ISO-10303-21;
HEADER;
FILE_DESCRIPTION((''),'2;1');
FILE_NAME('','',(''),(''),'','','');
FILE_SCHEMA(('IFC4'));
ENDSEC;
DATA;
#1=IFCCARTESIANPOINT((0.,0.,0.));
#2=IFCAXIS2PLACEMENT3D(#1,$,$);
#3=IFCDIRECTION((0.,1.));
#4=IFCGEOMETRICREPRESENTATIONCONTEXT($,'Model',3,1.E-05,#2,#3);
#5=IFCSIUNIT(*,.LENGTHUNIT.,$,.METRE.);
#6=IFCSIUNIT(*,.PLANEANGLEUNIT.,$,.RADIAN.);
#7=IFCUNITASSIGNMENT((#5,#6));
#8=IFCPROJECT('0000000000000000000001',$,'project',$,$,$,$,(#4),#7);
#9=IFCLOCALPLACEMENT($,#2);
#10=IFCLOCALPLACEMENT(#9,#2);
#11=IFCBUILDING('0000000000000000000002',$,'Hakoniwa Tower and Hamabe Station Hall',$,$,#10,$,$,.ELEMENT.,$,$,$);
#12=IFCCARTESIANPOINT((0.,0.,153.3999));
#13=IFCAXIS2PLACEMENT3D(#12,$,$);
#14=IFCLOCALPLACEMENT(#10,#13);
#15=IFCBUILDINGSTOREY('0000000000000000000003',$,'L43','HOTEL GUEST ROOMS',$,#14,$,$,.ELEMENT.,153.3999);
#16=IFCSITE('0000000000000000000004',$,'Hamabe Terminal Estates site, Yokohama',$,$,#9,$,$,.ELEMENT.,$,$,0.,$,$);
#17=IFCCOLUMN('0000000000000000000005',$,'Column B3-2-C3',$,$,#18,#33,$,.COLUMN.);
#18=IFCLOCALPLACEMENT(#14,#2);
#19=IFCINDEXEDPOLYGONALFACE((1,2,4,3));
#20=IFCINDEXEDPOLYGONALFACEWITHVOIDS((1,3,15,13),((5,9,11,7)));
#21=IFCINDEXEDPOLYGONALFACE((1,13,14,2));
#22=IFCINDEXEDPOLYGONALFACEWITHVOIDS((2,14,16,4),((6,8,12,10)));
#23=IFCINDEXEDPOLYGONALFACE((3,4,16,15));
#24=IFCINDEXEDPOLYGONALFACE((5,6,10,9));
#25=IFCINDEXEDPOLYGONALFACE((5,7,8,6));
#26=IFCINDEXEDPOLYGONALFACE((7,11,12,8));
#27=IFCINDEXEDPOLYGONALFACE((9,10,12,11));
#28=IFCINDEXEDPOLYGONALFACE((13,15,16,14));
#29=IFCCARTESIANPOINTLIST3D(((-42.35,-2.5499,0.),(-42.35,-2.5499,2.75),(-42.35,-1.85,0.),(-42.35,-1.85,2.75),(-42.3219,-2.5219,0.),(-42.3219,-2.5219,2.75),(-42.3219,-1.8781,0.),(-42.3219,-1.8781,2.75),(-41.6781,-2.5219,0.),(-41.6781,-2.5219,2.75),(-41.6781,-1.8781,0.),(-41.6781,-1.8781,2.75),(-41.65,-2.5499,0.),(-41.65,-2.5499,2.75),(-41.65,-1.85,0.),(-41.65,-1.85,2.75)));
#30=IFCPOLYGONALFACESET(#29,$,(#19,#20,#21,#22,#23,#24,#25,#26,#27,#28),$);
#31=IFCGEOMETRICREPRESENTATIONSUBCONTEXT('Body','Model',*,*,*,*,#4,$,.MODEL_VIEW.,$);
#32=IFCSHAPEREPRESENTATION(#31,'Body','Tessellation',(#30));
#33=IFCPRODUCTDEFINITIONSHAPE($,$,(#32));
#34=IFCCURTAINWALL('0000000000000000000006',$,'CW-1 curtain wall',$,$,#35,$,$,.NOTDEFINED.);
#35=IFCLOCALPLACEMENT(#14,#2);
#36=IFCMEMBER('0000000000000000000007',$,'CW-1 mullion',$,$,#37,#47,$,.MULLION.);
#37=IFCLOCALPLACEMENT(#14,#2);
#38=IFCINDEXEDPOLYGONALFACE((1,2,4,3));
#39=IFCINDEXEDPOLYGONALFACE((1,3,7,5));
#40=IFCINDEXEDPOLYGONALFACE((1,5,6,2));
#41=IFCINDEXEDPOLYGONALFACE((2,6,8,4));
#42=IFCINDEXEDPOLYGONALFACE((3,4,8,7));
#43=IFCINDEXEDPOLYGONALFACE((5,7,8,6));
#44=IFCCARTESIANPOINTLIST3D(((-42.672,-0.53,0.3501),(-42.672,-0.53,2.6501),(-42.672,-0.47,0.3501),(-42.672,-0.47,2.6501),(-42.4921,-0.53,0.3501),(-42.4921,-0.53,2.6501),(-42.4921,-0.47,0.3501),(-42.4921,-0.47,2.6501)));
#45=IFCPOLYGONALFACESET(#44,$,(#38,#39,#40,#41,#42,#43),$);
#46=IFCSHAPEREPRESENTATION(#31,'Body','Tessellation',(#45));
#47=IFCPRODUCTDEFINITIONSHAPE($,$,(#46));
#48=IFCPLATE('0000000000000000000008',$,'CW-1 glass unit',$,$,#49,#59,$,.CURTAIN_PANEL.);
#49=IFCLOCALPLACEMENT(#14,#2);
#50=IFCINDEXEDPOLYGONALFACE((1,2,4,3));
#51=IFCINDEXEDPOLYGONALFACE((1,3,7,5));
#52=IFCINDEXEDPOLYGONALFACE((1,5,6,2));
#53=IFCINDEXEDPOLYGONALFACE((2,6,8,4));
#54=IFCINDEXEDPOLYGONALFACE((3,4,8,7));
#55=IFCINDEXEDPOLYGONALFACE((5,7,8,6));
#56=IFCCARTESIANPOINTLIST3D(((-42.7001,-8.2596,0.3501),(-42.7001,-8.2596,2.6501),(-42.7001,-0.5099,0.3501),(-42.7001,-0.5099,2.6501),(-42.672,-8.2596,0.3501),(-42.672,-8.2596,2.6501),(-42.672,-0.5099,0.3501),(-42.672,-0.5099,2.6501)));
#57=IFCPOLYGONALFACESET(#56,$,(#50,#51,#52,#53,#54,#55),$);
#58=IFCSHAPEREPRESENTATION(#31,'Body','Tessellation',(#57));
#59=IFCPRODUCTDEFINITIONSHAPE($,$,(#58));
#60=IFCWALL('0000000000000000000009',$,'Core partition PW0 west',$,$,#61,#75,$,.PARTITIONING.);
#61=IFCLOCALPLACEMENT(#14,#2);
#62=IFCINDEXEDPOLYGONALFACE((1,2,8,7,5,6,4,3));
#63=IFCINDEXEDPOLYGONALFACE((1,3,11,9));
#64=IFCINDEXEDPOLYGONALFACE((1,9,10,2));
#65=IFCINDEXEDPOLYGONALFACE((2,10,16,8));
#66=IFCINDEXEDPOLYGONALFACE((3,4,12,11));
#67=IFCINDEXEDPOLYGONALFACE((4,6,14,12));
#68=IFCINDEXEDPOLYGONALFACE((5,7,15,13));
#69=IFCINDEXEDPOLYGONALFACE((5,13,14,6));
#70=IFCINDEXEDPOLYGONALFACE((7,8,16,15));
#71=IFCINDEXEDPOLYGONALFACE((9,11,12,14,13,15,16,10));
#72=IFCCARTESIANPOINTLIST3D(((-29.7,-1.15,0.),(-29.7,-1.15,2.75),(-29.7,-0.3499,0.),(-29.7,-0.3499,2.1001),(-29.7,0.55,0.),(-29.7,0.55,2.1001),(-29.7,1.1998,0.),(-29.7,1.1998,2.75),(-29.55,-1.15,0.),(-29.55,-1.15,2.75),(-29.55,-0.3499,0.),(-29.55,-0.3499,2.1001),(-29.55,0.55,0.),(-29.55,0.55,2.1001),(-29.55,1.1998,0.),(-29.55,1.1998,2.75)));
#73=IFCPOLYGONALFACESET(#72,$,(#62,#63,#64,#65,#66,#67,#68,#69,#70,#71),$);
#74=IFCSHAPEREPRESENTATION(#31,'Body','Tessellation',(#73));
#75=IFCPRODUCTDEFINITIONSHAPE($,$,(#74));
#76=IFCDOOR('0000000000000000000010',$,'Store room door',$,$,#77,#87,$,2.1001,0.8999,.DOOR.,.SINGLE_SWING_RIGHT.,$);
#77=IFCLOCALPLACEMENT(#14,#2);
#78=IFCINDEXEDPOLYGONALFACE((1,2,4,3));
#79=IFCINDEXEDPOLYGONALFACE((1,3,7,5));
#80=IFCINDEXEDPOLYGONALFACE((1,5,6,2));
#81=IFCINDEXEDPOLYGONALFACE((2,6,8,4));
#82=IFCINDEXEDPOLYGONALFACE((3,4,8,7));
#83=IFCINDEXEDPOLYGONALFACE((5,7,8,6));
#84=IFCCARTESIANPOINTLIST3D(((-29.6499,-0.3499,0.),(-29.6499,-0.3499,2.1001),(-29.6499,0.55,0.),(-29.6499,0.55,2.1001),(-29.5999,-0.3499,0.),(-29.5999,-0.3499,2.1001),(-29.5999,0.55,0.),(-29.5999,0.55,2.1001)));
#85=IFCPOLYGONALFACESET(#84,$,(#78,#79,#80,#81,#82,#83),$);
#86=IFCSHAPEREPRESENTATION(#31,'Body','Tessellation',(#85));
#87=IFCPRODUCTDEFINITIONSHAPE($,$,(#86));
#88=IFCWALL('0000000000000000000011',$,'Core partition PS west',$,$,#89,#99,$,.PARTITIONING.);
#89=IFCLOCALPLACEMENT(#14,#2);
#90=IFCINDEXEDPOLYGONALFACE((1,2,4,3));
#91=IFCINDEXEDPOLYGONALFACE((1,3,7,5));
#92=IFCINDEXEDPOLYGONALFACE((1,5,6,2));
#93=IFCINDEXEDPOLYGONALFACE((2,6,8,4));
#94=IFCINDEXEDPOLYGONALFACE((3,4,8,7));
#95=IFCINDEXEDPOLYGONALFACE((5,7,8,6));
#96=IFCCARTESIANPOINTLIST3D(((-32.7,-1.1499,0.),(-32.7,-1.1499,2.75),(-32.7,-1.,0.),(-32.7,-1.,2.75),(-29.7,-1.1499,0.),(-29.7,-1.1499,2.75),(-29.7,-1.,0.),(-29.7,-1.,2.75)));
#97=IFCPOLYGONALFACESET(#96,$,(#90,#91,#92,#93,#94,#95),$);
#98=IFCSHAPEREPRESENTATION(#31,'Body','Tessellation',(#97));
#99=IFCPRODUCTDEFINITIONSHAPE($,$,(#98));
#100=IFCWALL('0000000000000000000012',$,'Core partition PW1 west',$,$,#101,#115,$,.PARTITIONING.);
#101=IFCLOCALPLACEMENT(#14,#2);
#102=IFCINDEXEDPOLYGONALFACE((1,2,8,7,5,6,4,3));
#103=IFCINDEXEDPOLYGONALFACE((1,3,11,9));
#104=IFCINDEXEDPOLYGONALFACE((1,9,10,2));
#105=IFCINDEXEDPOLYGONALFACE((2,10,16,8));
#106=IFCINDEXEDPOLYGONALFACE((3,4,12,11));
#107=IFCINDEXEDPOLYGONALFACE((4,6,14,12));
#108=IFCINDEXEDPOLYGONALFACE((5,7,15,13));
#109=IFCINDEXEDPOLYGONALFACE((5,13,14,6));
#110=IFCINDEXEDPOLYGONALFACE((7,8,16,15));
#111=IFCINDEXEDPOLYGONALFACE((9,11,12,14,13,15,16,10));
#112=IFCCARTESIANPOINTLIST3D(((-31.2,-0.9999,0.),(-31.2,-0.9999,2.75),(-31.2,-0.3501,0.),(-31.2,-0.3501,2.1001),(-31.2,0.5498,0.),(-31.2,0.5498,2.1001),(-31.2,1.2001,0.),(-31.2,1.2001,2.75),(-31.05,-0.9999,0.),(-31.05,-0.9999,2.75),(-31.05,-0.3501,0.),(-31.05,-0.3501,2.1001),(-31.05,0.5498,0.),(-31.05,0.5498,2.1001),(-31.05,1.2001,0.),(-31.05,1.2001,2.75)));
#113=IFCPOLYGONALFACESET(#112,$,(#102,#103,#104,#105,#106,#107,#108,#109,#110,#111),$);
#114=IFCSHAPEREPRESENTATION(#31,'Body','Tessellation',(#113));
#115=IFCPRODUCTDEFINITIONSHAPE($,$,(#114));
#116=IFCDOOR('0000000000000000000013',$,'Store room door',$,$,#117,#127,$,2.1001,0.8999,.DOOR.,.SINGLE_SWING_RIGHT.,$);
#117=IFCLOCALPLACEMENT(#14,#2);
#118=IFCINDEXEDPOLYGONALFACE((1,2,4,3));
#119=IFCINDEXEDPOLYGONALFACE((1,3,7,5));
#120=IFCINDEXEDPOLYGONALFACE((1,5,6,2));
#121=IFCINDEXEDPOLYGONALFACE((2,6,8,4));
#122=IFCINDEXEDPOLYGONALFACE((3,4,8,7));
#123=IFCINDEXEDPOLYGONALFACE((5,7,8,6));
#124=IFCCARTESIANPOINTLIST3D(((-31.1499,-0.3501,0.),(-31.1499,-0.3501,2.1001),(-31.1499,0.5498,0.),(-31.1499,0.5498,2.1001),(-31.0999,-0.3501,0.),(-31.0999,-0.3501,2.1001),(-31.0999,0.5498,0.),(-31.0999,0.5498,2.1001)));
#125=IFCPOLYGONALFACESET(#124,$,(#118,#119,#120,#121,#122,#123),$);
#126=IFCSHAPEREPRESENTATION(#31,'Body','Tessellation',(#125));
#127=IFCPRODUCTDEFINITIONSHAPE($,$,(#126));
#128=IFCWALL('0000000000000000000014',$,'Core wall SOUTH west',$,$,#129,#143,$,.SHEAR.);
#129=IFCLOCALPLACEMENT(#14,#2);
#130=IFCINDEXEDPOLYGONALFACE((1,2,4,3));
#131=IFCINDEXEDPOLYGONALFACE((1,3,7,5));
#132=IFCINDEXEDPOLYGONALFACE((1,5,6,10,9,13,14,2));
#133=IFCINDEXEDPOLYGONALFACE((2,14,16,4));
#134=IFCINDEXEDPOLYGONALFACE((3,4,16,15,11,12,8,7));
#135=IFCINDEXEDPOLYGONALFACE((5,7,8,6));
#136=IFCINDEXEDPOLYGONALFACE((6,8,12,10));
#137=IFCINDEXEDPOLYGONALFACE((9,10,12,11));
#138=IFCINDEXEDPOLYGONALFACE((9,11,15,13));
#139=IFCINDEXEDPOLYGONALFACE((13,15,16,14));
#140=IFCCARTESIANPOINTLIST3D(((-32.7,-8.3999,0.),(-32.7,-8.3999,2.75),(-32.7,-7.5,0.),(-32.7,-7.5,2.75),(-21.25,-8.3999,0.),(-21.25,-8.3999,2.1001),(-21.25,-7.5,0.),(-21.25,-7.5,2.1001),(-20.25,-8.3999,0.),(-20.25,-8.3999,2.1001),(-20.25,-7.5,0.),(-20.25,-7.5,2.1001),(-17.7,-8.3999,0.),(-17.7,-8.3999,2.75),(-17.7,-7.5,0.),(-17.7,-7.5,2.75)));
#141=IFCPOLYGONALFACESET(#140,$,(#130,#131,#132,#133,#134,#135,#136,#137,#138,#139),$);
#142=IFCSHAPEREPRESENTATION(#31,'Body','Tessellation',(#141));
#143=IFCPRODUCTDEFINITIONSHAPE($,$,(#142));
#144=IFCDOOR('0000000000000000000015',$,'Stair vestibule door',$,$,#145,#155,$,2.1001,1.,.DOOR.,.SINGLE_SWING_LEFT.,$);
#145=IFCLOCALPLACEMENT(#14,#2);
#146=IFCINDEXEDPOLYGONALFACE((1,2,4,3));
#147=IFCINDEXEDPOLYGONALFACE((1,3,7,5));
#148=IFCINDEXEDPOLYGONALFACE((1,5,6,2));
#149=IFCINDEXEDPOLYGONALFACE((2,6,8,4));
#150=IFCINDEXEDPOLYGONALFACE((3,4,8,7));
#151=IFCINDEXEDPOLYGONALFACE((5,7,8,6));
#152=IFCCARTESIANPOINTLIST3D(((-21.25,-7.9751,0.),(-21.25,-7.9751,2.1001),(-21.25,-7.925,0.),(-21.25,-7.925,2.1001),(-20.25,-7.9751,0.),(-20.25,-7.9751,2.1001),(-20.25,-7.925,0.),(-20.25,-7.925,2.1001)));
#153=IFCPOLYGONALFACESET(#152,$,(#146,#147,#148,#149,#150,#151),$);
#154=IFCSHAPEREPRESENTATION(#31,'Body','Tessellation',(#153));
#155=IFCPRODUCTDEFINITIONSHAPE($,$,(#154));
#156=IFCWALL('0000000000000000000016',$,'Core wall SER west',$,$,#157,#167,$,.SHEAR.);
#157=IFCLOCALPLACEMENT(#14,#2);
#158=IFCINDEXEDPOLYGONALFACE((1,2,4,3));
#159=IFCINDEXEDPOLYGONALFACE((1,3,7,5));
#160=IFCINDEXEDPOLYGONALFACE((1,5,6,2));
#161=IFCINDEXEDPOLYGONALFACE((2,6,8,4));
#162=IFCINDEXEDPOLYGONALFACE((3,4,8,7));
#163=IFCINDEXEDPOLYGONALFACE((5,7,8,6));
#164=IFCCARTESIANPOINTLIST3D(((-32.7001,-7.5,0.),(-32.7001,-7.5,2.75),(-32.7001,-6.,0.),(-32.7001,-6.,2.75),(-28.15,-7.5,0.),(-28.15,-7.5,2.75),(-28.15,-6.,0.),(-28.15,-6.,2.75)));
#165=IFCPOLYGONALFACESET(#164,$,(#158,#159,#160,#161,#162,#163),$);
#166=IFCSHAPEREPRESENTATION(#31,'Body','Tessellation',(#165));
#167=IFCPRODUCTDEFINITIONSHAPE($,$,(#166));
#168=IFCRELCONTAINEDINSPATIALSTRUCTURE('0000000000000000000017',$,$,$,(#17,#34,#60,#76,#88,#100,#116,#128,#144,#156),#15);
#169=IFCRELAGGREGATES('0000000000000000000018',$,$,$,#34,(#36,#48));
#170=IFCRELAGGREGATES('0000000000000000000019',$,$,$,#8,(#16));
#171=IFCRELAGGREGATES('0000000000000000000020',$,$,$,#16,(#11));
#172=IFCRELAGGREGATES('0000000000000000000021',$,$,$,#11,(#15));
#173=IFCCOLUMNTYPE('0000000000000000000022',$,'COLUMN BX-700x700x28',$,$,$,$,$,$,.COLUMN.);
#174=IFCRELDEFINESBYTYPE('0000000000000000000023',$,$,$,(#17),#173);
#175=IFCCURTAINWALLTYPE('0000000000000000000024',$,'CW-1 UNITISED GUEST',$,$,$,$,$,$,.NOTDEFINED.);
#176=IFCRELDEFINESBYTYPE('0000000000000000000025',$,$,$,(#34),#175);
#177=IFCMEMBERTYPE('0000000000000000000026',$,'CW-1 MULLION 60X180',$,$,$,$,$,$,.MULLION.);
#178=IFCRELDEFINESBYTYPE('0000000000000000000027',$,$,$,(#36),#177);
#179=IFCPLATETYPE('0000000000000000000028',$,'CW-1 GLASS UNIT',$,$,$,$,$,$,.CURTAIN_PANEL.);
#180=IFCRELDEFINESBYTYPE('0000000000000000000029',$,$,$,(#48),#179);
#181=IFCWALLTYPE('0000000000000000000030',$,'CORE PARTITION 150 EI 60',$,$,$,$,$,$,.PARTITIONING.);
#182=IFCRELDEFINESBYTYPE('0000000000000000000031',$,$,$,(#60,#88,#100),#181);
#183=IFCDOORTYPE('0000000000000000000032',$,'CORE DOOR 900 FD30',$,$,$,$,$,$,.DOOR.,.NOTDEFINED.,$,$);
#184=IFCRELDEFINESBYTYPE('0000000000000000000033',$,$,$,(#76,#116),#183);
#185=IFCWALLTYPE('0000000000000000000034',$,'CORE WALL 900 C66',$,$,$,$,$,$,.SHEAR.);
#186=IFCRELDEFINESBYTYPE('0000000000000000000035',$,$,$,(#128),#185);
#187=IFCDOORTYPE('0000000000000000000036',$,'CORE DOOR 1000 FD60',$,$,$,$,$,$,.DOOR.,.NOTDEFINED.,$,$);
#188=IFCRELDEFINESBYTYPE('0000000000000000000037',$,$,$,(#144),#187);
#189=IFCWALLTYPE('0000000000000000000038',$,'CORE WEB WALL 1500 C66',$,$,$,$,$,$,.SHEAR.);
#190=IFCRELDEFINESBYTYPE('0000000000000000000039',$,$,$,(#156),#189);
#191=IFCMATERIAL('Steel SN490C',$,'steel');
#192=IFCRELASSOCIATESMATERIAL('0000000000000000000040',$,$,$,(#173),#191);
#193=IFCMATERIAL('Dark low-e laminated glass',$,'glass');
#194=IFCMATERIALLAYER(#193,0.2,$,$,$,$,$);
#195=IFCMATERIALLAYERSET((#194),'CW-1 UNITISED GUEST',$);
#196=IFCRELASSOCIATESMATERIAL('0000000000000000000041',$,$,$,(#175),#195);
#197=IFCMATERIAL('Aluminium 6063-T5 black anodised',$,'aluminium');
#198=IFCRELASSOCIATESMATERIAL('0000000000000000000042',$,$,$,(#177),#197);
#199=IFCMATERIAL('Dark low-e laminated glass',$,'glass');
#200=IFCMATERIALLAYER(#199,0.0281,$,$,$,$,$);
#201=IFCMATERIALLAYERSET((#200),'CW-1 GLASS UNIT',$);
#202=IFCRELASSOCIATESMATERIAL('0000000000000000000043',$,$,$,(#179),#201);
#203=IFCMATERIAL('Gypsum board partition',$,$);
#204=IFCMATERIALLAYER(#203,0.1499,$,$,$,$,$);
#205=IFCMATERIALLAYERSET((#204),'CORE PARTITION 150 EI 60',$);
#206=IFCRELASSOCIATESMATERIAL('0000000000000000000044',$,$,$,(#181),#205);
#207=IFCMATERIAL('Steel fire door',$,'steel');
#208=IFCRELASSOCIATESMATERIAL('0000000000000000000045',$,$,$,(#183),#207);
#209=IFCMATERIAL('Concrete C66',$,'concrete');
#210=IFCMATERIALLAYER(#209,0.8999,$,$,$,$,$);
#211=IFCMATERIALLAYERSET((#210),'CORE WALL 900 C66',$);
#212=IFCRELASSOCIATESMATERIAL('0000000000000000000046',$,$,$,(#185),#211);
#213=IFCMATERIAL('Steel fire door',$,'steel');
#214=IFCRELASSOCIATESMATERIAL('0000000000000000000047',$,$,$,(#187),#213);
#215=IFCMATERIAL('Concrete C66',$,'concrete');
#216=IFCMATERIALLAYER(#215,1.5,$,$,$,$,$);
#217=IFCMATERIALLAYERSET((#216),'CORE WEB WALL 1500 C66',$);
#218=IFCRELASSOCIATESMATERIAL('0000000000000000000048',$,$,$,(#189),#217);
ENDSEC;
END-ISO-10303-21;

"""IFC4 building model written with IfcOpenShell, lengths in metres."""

from ifc_helpers import new_model, si_unit, direction, frame, frame_2d, origin, origin_2d, place, context, subcontext, project, spatial, rectangle, hollow_rectangle, extrude, material, layer, layer_set, material_profile, profile_set, type_object, element, fill, aggregate, save


model = new_model("IFC4")

# Units and contexts
model_context = context("Model", 3, precision=1e-05, world=origin(), true_north=direction((0.0, 1.0)))
body_context = subcontext(model_context, "Body", "Model", "MODEL_VIEW")
ifc_project = project(units=[si_unit("LENGTHUNIT", "METRE"), si_unit("PLANEANGLEUNIT", "RADIAN")], contexts=[model_context])

# Site, building, storey
site_placement = place(None, origin())
site = spatial("IfcSite", under=ifc_project, at=site_placement, Name="Hamabe Terminal Estates site, Yokohama", CompositionType="ELEMENT", RefElevation=0.0)
building_placement = place(site_placement, origin())
building = spatial("IfcBuilding", under=site, at=building_placement, Name="Hakoniwa Tower and Hamabe Station Hall", CompositionType="ELEMENT")
storey_placement = place(building_placement, frame((0.0, 0.0, 153.3999)))
storey = spatial("IfcBuildingStorey", under=building, at=storey_placement, Name="L43", Description="HOTEL GUEST ROOMS", CompositionType="ELEMENT", Elevation=153.3999)

# Column
ifc_material_1 = material(Name="Steel SN490C", Category="steel")
ifc_material_profile_1 = material_profile(ifc_material_1, hollow_rectangle(XDim=0.7, YDim=0.7, WallThickness=0.0281, at=origin_2d()), Name="BX-700x700x28")
ifc_profile_set_1 = profile_set([ifc_material_profile_1], Name="Steel SN490C")
column_type = type_object("IfcColumnType", Name="COLUMN BX-700x700x28", PredefinedType="COLUMN", material=ifc_profile_set_1)
column_placement = place(storey_placement, frame((-42.0, -2.2, 0.0), z_axis=(0.0, 0.0, 1.0), x_axis=(1.0, 0.0, 0.0)))
element("IfcColumn", 1, at=column_placement, inside=storey, type_object=column_type, Name="Column B3-2-C3", PredefinedType="COLUMN", context=body_context, shape_type="SweptSolid", body=[
    extrude(hollow_rectangle(XDim=0.7, YDim=0.7, WallThickness=0.0281, at=origin_2d()), origin(), (0.0, 0.0, 1.0), 2.75),
])

# Curtain wall, member, plate
ifc_material_2 = material(Name="Dark low-e laminated glass", Category="glass")
ifc_layer_1 = layer(ifc_material_2, 0.2)
ifc_layer_set_1 = layer_set([ifc_layer_1], Name="CW-1 UNITISED GUEST")
curtain_wall_type = type_object("IfcCurtainWallType", Name="CW-1 UNITISED GUEST", PredefinedType="NOTDEFINED", material=ifc_layer_set_1)
curtain_wall_placement = place(storey_placement, origin())
curtain_wall = element("IfcCurtainWall", 2, at=curtain_wall_placement, inside=storey, type_object=curtain_wall_type, Name="CW-1 curtain wall", PredefinedType="NOTDEFINED")
ifc_material_3 = material(Name="Aluminium 6063-T5 black anodised", Category="aluminium")
ifc_material_profile_2 = material_profile(ifc_material_3, rectangle(XDim=0.0601, YDim=0.1799, at=origin_2d()), Name="CW-1 MULLION 60X180")
ifc_profile_set_2 = profile_set([ifc_material_profile_2], Name="Aluminium 6063-T5 black anodised")
member_type = type_object("IfcMemberType", Name="CW-1 MULLION 60X180", PredefinedType="MULLION", material=ifc_profile_set_2)
member_placement = place(storey_placement, frame((-42.582, -0.5, 0.3501), z_axis=(0.0, 0.0, 1.0), x_axis=(0.0, -1.0, 0.0)))
member = element("IfcMember", 3, at=member_placement, type_object=member_type, Name="CW-1 mullion", PredefinedType="MULLION", context=body_context, shape_type="SweptSolid", body=[
    extrude(rectangle(XDim=0.0601, YDim=0.1799, at=origin_2d()), origin(), (0.0, 0.0, 1.0), 2.3),
])
ifc_material_4 = material(Name="Dark low-e laminated glass", Category="glass")
ifc_layer_2 = layer(ifc_material_4, 0.0281)
ifc_layer_set_2 = layer_set([ifc_layer_2], Name="CW-1 GLASS UNIT")
plate_type = type_object("IfcPlateType", Name="CW-1 GLASS UNIT", PredefinedType="CURTAIN_PANEL", material=ifc_layer_set_2)
plate_placement = place(storey_placement, frame((-42.686, -4.3848, 0.3501), z_axis=(0.0, 0.0, 1.0), x_axis=(0.0, -1.0, 0.0)))
plate = element("IfcPlate", 4, at=plate_placement, type_object=plate_type, Name="CW-1 glass unit", PredefinedType="CURTAIN_PANEL", context=body_context, shape_type="SweptSolid", body=[
    extrude(rectangle(XDim=7.7498, YDim=0.0281, at=origin_2d()), origin(), (0.0, 0.0, 1.0), 2.3),
])
aggregate(curtain_wall, [member, plate])

# Wall, opening, door
ifc_material_5 = material(Name="Gypsum board partition")
ifc_layer_3 = layer(ifc_material_5, 0.1499)
ifc_layer_set_3 = layer_set([ifc_layer_3], Name="CORE PARTITION 150 EI 60")
wall_type_1 = type_object("IfcWallType", Name="CORE PARTITION 150 EI 60", PredefinedType="PARTITIONING", material=ifc_layer_set_3)
wall_1_placement = place(storey_placement, frame((-29.625, -1.1499, 0.0), z_axis=(0.0, 0.0, 1.0), x_axis=(0.0, 1.0, 0.0)))
wall_1 = element("IfcWall", 5, at=wall_1_placement, inside=storey, type_object=wall_type_1, Name="Core partition PW0 west", PredefinedType="PARTITIONING", context=body_context, shape_type="SweptSolid", body=[
    extrude(rectangle(XDim=2.3499, YDim=0.1499, at=frame_2d((1.1748, 0.0))), origin(), (0.0, 0.0, 1.0), 2.75),
])
opening_1_placement = place(wall_1_placement, frame((0.8, 0.0, 0.0)))
opening_1 = element("IfcOpeningElement", 6, at=opening_1_placement, cuts=wall_1, PredefinedType="OPENING", context=body_context, shape_type="SweptSolid", body=[
    extrude(rectangle(XDim=0.8999, YDim=2.1001, at=frame_2d((0.45, 1.05))), frame((0.0, 0.085, 0.0), z_axis=(0.0, -1.0, 0.0), x_axis=(1.0, 0.0, 0.0)), (0.0, 0.0, 1.0), 0.1699),
])
ifc_material_6 = material(Name="Steel fire door", Category="steel")
door_type_1 = type_object("IfcDoorType", Name="CORE DOOR 900 FD30", OperationType="NOTDEFINED", PredefinedType="DOOR", material=ifc_material_6)
door_1_placement = place(opening_1_placement, origin())
door_1 = element("IfcDoor", 7, at=door_1_placement, inside=storey, type_object=door_type_1, Name="Store room door", OperationType="SINGLE_SWING_RIGHT", OverallHeight=2.1001, OverallWidth=0.8999, PredefinedType="DOOR", context=body_context, shape_type="SweptSolid", body=[
    extrude(rectangle(XDim=0.8999, YDim=2.1001, at=frame_2d((0.45, 1.05))), frame((0.0, 0.0249, 0.0), z_axis=(0.0, -1.0, 0.0), x_axis=(1.0, 0.0, 0.0)), (0.0, 0.0, 1.0), 0.05),
])
fill(opening_1, door_1)

# Wall
wall_2_placement = place(storey_placement, frame((-32.7, -1.075, 0.0), z_axis=(0.0, 0.0, 1.0), x_axis=(1.0, 0.0, 0.0)))
element("IfcWall", 8, at=wall_2_placement, inside=storey, type_object=wall_type_1, Name="Core partition PS west", PredefinedType="PARTITIONING", context=body_context, shape_type="SweptSolid", body=[
    extrude(rectangle(XDim=3.0, YDim=0.1499, at=frame_2d((1.5, 0.0))), origin(), (0.0, 0.0, 1.0), 2.75),
])

# Walls, openings, doors
wall_3_placement = place(storey_placement, frame((-31.125, -1.0, 0.0), z_axis=(0.0, 0.0, 1.0), x_axis=(0.0, 1.0, 0.0)))
wall_3 = element("IfcWall", 9, at=wall_3_placement, inside=storey, type_object=wall_type_1, Name="Core partition PW1 west", PredefinedType="PARTITIONING", context=body_context, shape_type="SweptSolid", body=[
    extrude(rectangle(XDim=2.2, YDim=0.1499, at=frame_2d((1.1001, 0.0))), origin(), (0.0, 0.0, 1.0), 2.75),
])
opening_2_placement = place(wall_3_placement, frame((0.6499, 0.0, 0.0)))
opening_2 = element("IfcOpeningElement", 10, at=opening_2_placement, cuts=wall_3, PredefinedType="OPENING", context=body_context, shape_type="SweptSolid", body=[
    extrude(rectangle(XDim=0.8999, YDim=2.1001, at=frame_2d((0.45, 1.05))), frame((0.0, 0.085, 0.0), z_axis=(0.0, -1.0, 0.0), x_axis=(1.0, 0.0, 0.0)), (0.0, 0.0, 1.0), 0.1699),
])
door_2_placement = place(opening_2_placement, origin())
door_2 = element("IfcDoor", 11, at=door_2_placement, inside=storey, type_object=door_type_1, Name="Store room door", OperationType="SINGLE_SWING_RIGHT", OverallHeight=2.1001, OverallWidth=0.8999, PredefinedType="DOOR", context=body_context, shape_type="SweptSolid", body=[
    extrude(rectangle(XDim=0.8999, YDim=2.1001, at=frame_2d((0.45, 1.05))), frame((0.0, 0.0249, 0.0), z_axis=(0.0, -1.0, 0.0), x_axis=(1.0, 0.0, 0.0)), (0.0, 0.0, 1.0), 0.05),
])
fill(opening_2, door_2)
ifc_material_7 = material(Name="Concrete C66", Category="concrete")
ifc_layer_4 = layer(ifc_material_7, 0.8999)
ifc_layer_set_4 = layer_set([ifc_layer_4], Name="CORE WALL 900 C66")
wall_type_2 = type_object("IfcWallType", Name="CORE WALL 900 C66", PredefinedType="SHEAR", material=ifc_layer_set_4)
wall_4_placement = place(storey_placement, frame((-32.7, -7.95, 0.0), z_axis=(0.0, 0.0, 1.0), x_axis=(1.0, 0.0, 0.0)))
wall_4 = element("IfcWall", 12, at=wall_4_placement, inside=storey, type_object=wall_type_2, Name="Core wall SOUTH west", PredefinedType="SHEAR", context=body_context, shape_type="SweptSolid", body=[
    extrude(rectangle(XDim=15.0, YDim=0.8999, at=frame_2d((7.5, 0.0))), origin(), (0.0, 0.0, 1.0), 2.75),
])
opening_3_placement = place(wall_4_placement, frame((11.45, 0.0, 0.0)))
opening_3 = element("IfcOpeningElement", 13, at=opening_3_placement, cuts=wall_4, PredefinedType="OPENING", context=body_context, shape_type="SweptSolid", body=[
    extrude(rectangle(XDim=1.0, YDim=2.1001, at=frame_2d((0.5, 1.05))), frame((0.0, 0.46, 0.0), z_axis=(0.0, -1.0, 0.0), x_axis=(1.0, 0.0, 0.0)), (0.0, 0.0, 1.0), 0.9199),
])
ifc_material_8 = material(Name="Steel fire door", Category="steel")
door_type_2 = type_object("IfcDoorType", Name="CORE DOOR 1000 FD60", OperationType="NOTDEFINED", PredefinedType="DOOR", material=ifc_material_8)
door_3_placement = place(opening_3_placement, origin())
door_3 = element("IfcDoor", 14, at=door_3_placement, inside=storey, type_object=door_type_2, Name="Stair vestibule door", OperationType="SINGLE_SWING_LEFT", OverallHeight=2.1001, OverallWidth=1.0, PredefinedType="DOOR", context=body_context, shape_type="SweptSolid", body=[
    extrude(rectangle(XDim=1.0, YDim=2.1001, at=frame_2d((0.5, 1.05))), frame((0.0, 0.0249, 0.0), z_axis=(0.0, -1.0, 0.0), x_axis=(1.0, 0.0, 0.0)), (0.0, 0.0, 1.0), 0.05),
])
fill(opening_3, door_3)

# Wall
ifc_material_9 = material(Name="Concrete C66", Category="concrete")
ifc_layer_5 = layer(ifc_material_9, 1.5)
ifc_layer_set_5 = layer_set([ifc_layer_5], Name="CORE WEB WALL 1500 C66")
wall_type_3 = type_object("IfcWallType", Name="CORE WEB WALL 1500 C66", PredefinedType="SHEAR", material=ifc_layer_set_5)
wall_5_placement = place(storey_placement, frame((-32.7, -6.75, 0.0), z_axis=(0.0, 0.0, 1.0), x_axis=(1.0, 0.0, 0.0)))
element("IfcWall", 15, at=wall_5_placement, inside=storey, type_object=wall_type_3, Name="Core wall SER west", PredefinedType="SHEAR", context=body_context, shape_type="SweptSolid", body=[
    extrude(rectangle(XDim=4.55, YDim=1.5, at=frame_2d((2.2749, 0.0))), origin(), (0.0, 0.0, 1.0), 2.75),
])

save(model, "model.ifc")
